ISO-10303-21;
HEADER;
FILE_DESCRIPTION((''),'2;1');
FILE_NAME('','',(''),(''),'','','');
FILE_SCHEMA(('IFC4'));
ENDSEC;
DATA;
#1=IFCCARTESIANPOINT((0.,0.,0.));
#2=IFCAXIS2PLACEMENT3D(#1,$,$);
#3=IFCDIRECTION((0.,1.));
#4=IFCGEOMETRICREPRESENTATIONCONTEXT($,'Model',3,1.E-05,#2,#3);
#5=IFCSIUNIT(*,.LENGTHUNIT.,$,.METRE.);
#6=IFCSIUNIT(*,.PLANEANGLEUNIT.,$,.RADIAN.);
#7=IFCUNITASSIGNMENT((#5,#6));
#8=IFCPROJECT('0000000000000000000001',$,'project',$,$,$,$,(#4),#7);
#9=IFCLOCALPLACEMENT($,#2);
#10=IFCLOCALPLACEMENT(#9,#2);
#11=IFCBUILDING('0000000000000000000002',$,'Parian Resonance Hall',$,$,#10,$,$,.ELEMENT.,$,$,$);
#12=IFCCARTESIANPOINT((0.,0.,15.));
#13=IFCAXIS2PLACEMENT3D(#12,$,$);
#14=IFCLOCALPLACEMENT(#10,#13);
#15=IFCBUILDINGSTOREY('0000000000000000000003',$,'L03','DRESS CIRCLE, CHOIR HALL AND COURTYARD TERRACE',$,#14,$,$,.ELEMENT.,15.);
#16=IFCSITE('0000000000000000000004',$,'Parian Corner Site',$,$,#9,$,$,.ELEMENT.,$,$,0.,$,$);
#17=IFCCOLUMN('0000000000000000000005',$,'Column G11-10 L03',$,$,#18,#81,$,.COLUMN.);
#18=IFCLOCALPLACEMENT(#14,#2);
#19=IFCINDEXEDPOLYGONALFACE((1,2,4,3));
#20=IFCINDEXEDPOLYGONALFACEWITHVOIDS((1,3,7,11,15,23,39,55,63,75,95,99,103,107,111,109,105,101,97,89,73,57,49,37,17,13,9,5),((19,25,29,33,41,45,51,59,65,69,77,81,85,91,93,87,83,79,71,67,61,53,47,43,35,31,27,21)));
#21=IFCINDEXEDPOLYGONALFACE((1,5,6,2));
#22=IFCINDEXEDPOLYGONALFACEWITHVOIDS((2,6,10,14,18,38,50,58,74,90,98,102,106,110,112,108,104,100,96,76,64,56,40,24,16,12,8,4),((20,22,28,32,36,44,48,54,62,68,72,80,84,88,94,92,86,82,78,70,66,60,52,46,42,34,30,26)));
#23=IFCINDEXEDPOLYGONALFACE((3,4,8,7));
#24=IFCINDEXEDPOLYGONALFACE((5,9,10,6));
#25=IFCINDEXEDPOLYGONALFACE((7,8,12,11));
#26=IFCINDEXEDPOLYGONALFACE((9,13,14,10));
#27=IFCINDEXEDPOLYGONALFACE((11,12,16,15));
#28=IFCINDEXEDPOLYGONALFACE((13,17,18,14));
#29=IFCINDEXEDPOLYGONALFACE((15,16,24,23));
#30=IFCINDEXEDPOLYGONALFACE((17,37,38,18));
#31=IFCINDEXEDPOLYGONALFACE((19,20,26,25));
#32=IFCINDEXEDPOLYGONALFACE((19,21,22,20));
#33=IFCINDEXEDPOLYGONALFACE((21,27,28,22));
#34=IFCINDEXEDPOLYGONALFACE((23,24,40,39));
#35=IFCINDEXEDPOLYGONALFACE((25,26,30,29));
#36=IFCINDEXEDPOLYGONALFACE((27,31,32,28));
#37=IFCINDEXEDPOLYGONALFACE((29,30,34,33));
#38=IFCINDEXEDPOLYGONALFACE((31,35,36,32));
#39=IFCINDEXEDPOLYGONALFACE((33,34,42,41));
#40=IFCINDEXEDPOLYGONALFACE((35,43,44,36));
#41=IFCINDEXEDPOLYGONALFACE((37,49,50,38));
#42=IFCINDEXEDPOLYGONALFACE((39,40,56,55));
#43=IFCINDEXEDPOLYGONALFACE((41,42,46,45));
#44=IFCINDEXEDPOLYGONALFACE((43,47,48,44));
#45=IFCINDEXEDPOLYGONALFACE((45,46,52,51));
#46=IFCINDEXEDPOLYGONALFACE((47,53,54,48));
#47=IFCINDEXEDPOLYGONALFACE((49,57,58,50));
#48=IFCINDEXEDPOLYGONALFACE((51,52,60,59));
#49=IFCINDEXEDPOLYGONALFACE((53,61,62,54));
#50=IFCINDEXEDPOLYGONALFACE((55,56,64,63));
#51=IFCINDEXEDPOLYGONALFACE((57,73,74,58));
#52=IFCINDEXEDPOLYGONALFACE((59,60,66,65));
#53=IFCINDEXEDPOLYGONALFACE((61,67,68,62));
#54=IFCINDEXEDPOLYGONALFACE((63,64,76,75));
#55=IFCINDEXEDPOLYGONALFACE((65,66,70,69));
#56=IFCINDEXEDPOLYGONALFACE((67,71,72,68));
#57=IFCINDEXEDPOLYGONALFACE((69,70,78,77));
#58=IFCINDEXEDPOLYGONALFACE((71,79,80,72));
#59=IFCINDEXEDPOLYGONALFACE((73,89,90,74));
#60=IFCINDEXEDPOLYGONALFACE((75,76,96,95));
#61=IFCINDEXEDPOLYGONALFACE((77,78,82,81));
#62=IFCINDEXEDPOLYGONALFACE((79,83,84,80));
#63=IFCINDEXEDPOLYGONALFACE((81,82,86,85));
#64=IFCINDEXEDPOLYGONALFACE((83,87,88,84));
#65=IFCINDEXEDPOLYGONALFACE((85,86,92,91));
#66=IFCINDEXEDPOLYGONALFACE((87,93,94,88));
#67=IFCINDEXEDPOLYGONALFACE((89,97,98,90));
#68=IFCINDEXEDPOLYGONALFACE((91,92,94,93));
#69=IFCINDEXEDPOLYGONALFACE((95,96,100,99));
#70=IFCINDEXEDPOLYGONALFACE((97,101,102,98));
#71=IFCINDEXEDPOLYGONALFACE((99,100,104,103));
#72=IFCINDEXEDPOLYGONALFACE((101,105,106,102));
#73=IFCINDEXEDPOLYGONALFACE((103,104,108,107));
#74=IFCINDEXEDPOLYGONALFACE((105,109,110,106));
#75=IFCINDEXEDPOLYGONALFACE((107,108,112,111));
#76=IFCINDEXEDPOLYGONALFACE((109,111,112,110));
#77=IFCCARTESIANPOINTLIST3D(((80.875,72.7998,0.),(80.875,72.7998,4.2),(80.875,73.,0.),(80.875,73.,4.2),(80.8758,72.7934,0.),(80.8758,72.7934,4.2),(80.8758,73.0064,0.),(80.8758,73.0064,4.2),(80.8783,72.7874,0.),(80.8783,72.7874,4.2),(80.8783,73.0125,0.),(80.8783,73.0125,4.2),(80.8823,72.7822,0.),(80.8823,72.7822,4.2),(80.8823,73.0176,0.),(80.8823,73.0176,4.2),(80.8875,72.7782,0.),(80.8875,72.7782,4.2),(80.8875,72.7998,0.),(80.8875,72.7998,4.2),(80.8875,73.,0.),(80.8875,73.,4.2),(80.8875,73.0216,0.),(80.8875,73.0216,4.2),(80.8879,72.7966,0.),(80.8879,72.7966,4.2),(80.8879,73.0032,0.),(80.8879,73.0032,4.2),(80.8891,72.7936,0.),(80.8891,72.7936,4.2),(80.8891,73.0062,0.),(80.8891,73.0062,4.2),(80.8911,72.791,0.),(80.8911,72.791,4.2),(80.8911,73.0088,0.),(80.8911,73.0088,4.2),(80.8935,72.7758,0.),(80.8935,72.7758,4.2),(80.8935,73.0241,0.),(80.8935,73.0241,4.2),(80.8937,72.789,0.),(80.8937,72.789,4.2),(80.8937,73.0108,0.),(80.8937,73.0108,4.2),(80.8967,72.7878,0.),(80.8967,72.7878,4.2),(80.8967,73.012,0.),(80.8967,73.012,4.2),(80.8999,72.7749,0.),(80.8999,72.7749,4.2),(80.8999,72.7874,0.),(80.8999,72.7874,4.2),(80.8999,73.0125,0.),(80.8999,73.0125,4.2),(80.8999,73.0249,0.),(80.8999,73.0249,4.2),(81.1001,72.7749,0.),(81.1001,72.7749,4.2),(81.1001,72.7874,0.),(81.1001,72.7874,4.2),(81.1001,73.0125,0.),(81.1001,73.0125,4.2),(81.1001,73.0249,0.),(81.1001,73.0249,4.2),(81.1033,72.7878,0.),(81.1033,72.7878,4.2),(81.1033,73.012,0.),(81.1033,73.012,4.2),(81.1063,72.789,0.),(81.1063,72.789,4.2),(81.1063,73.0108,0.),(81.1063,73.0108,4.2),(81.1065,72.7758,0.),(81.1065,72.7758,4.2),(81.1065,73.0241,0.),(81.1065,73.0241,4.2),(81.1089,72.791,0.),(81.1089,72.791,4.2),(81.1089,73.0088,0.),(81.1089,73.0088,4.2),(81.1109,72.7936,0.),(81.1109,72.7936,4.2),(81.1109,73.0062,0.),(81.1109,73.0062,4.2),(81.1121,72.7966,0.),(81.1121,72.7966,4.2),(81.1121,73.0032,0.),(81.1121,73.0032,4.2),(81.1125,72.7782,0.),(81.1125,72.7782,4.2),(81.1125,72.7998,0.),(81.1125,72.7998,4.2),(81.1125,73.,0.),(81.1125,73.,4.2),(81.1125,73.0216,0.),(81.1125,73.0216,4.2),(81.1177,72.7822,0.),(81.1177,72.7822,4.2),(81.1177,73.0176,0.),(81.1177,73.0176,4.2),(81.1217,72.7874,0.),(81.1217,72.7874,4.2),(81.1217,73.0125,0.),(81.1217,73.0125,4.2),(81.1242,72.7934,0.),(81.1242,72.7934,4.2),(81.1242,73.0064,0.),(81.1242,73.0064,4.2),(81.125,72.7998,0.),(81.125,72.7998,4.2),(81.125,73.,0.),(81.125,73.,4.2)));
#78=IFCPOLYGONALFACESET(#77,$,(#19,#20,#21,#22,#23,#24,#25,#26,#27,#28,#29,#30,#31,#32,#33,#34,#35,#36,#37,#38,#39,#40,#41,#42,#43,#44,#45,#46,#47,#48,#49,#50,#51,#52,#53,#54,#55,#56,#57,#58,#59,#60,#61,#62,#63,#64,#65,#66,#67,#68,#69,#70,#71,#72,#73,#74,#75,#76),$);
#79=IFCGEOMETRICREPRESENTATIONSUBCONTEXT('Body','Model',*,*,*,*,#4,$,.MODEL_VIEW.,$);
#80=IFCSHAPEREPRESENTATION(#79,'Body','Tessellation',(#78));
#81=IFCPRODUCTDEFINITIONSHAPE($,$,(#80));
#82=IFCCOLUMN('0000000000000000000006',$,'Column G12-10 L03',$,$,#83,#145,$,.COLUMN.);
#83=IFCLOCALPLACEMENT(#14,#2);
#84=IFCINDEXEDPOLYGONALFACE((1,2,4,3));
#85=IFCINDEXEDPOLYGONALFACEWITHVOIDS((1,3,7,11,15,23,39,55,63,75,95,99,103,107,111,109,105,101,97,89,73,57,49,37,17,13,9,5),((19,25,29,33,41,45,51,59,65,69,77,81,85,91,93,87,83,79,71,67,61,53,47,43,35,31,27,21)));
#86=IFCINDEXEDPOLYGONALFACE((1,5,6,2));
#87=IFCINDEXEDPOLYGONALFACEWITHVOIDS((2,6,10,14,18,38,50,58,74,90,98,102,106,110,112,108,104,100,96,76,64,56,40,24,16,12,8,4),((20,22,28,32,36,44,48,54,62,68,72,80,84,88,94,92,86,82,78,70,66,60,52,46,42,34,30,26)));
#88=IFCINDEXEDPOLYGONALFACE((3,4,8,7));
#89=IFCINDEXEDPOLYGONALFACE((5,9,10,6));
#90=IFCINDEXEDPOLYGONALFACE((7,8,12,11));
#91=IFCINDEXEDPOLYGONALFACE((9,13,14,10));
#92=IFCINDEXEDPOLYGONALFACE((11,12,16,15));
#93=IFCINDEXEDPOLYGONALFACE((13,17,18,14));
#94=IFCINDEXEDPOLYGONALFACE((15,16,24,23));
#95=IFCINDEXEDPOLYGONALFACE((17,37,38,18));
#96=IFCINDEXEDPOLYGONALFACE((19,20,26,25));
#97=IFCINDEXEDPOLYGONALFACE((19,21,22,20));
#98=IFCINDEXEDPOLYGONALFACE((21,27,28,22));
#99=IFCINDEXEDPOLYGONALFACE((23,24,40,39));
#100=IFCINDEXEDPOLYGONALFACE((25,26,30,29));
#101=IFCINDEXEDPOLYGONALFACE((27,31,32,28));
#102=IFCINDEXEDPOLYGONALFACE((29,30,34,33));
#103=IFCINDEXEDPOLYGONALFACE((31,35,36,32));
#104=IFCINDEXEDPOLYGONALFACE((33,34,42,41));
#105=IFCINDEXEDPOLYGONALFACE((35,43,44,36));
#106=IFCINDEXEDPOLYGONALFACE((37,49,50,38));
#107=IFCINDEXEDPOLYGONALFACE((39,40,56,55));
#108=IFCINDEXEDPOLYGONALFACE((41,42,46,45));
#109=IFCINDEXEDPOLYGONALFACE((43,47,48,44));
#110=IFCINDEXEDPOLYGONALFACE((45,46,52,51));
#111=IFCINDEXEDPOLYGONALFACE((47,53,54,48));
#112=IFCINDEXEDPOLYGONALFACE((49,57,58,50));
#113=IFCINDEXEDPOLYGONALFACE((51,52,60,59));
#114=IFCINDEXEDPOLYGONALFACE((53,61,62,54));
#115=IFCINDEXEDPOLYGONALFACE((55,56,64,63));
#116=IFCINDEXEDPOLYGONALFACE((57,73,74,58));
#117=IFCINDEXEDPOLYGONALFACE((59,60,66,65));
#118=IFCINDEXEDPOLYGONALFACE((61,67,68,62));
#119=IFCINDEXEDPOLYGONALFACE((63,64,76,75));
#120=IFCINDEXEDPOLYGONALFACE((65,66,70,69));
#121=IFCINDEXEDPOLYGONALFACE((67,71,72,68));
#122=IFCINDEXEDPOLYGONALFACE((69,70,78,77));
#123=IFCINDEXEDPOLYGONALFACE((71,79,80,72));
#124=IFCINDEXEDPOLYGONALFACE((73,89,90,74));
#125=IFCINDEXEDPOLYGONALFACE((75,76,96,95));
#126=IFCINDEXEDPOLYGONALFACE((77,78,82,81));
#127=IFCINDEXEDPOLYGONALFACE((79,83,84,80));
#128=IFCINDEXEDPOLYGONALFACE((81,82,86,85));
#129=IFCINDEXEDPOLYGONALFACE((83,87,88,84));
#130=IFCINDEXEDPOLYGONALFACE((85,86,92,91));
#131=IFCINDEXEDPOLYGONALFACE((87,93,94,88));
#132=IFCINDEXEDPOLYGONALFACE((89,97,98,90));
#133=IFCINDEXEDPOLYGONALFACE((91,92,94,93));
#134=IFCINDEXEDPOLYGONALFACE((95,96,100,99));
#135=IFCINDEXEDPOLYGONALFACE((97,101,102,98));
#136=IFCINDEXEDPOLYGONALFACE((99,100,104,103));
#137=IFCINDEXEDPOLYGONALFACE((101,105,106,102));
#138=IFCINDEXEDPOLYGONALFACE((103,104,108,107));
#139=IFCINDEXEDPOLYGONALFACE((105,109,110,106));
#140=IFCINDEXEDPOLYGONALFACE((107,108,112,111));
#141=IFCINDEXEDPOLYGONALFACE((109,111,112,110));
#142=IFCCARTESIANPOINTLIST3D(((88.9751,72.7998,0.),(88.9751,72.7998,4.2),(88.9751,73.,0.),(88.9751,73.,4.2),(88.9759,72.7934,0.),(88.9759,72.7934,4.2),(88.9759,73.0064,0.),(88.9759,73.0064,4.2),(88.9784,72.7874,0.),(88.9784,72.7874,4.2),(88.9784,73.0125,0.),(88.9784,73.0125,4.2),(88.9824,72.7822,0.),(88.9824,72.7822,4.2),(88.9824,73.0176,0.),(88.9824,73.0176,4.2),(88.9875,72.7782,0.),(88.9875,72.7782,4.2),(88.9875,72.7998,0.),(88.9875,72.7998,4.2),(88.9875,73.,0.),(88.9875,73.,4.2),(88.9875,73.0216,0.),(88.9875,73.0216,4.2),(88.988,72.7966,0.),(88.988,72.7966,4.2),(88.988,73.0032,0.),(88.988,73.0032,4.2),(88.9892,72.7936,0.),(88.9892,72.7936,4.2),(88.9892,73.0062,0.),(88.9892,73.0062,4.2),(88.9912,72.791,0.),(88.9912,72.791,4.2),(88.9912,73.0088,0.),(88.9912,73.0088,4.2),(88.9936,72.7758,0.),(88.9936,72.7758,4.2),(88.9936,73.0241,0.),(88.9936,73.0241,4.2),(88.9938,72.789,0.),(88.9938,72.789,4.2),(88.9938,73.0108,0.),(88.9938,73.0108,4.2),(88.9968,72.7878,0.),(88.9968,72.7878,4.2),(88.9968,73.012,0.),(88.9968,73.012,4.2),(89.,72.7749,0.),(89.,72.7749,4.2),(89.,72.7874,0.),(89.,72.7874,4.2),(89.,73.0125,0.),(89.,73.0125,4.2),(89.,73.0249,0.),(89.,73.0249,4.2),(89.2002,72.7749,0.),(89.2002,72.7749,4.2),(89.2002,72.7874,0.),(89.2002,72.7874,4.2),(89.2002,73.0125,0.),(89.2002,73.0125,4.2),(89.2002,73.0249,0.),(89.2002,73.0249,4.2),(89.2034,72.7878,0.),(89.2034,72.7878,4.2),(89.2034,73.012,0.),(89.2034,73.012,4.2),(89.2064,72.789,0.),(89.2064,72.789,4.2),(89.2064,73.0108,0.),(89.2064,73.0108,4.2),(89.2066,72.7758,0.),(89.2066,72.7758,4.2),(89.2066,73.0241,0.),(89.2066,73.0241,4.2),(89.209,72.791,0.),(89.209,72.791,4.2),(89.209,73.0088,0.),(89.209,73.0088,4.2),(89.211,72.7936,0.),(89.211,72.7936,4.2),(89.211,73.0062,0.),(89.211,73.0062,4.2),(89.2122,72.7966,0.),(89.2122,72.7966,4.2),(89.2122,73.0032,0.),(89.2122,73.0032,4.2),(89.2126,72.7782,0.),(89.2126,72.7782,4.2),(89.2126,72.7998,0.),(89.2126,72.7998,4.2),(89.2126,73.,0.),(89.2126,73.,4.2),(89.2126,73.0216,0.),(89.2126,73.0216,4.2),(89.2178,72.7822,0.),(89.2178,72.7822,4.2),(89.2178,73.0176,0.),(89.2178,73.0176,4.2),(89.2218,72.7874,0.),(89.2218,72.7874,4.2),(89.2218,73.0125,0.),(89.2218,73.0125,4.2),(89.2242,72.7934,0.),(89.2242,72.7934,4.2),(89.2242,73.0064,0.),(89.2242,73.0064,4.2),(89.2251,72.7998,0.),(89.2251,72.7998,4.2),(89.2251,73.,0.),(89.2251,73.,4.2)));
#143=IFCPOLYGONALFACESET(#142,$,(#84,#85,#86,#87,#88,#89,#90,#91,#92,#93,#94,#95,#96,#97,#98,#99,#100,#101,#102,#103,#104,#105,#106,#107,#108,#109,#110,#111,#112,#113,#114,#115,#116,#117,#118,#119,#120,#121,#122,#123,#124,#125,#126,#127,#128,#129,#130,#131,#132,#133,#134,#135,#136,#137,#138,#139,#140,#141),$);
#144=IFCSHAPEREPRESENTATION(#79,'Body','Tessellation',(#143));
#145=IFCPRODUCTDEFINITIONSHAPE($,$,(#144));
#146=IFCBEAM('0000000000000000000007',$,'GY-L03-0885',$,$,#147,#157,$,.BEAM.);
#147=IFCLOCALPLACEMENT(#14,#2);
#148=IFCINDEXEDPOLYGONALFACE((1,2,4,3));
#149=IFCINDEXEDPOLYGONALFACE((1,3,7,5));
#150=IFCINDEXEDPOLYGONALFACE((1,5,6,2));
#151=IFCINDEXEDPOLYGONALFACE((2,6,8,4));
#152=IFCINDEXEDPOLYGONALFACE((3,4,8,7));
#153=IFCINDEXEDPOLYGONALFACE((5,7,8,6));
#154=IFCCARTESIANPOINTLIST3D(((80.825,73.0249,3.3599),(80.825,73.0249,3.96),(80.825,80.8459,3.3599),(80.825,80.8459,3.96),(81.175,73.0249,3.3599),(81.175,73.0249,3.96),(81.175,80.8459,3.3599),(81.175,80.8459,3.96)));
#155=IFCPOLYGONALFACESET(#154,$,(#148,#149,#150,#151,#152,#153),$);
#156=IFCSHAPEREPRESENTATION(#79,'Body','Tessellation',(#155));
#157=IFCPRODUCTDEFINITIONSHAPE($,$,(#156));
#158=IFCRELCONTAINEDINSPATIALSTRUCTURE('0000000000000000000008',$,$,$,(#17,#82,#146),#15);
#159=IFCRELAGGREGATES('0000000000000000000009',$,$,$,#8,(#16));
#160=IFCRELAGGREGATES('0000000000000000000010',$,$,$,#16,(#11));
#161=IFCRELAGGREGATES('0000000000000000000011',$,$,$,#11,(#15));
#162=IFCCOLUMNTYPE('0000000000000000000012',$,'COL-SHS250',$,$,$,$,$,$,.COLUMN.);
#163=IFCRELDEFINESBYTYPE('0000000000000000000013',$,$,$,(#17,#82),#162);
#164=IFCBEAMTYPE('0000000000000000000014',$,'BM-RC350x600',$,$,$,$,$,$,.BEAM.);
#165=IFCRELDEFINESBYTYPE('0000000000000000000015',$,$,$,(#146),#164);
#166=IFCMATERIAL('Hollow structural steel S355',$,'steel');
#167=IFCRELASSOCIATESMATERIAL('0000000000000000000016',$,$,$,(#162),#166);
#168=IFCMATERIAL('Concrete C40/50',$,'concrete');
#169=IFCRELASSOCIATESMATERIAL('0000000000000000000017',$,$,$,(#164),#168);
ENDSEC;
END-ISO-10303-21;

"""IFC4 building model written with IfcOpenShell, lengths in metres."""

from ifc_helpers import new_model, si_unit, direction, frame, origin, origin_2d, place, context, subcontext, project, spatial, rectangle, hollow_rectangle, extrude, material, material_profile, profile_set, type_object, element, save


model = new_model("IFC4")

# Units and contexts
model_context = context("Model", 3, precision=1e-05, world=origin(), true_north=direction((0.0, 1.0)))
body_context = subcontext(model_context, "Body", "Model", "MODEL_VIEW")
ifc_project = project(units=[si_unit("LENGTHUNIT", "METRE"), si_unit("PLANEANGLEUNIT", "RADIAN")], contexts=[model_context])

# Site, building, storey
site_placement = place(None, origin())
site = spatial("IfcSite", under=ifc_project, at=site_placement, Name="Parian Corner Site", CompositionType="ELEMENT", RefElevation=0.0)
building_placement = place(site_placement, origin())
building = spatial("IfcBuilding", under=site, at=building_placement, Name="Parian Resonance Hall", CompositionType="ELEMENT")
storey_placement = place(building_placement, frame((0.0, 0.0, 15.0)))
storey = spatial("IfcBuildingStorey", under=building, at=storey_placement, Name="L03", Description="DRESS CIRCLE, CHOIR HALL AND COURTYARD TERRACE", CompositionType="ELEMENT", Elevation=15.0)

# Columns
ifc_material_1 = material(Name="Hollow structural steel S355", Category="steel")
ifc_material_profile_1 = material_profile(ifc_material_1, hollow_rectangle(XDim=0.25, YDim=0.25, WallThickness=0.0125, InnerFilletRadius=0.0125, OuterFilletRadius=0.0249, at=origin_2d()), Name="SHS250x250x12.5")
ifc_profile_set_1 = profile_set([ifc_material_profile_1], Name="Hollow structural steel S355")
column_type = type_object("IfcColumnType", Name="COL-SHS250", PredefinedType="COLUMN", material=ifc_profile_set_1)
for number, where, z_axis, x_axis, name in (
    (1, (81.0, 72.8999, 0.0), (0.0, 0.0, 1.0), (1.0, 0.0, 0.0), "Column G11-10 L03"),
    (2, (89.1001, 72.8999, 0.0), (0.0, 0.0, 1.0), (1.0, 0.0, 0.0), "Column G12-10 L03"),
):
    element("IfcColumn", number, at=place(storey_placement, frame(where, z_axis=z_axis, x_axis=x_axis)), inside=storey, type_object=column_type, Name=name, PredefinedType="COLUMN", context=body_context, shape_type="SweptSolid", body=[
        extrude(hollow_rectangle(XDim=0.25, YDim=0.25, WallThickness=0.0125, InnerFilletRadius=0.0125, OuterFilletRadius=0.0249, at=origin_2d()), origin(), (0.0, 0.0, 1.0), 4.2),
    ])

# Beam
ifc_material_2 = material(Name="Concrete C40/50", Category="concrete")
ifc_material_profile_2 = material_profile(ifc_material_2, rectangle(XDim=0.3501, YDim=0.6001, at=origin_2d()), Name="RC-BM-350x600")
ifc_profile_set_2 = profile_set([ifc_material_profile_2], Name="Concrete C40/50")
beam_type_1 = type_object("IfcBeamType", Name="BM-RC350x600", PredefinedType="BEAM", material=ifc_profile_set_2)
beam_1_placement = place(storey_placement, frame((81.0, 73.0249, 3.6599), z_axis=(0.0, 1.0, 0.0), x_axis=(-1.0, 0.0, 0.0)))
element("IfcBeam", 3, at=beam_1_placement, inside=storey, type_object=beam_type_1, Name="GY-L03-0885", PredefinedType="BEAM", context=body_context, shape_type="SweptSolid", body=[
    extrude(rectangle(XDim=0.3501, YDim=0.6001, at=origin_2d()), origin(), (0.0, 0.0, 1.0), 7.821),
])

save(model, "model.ifc")
